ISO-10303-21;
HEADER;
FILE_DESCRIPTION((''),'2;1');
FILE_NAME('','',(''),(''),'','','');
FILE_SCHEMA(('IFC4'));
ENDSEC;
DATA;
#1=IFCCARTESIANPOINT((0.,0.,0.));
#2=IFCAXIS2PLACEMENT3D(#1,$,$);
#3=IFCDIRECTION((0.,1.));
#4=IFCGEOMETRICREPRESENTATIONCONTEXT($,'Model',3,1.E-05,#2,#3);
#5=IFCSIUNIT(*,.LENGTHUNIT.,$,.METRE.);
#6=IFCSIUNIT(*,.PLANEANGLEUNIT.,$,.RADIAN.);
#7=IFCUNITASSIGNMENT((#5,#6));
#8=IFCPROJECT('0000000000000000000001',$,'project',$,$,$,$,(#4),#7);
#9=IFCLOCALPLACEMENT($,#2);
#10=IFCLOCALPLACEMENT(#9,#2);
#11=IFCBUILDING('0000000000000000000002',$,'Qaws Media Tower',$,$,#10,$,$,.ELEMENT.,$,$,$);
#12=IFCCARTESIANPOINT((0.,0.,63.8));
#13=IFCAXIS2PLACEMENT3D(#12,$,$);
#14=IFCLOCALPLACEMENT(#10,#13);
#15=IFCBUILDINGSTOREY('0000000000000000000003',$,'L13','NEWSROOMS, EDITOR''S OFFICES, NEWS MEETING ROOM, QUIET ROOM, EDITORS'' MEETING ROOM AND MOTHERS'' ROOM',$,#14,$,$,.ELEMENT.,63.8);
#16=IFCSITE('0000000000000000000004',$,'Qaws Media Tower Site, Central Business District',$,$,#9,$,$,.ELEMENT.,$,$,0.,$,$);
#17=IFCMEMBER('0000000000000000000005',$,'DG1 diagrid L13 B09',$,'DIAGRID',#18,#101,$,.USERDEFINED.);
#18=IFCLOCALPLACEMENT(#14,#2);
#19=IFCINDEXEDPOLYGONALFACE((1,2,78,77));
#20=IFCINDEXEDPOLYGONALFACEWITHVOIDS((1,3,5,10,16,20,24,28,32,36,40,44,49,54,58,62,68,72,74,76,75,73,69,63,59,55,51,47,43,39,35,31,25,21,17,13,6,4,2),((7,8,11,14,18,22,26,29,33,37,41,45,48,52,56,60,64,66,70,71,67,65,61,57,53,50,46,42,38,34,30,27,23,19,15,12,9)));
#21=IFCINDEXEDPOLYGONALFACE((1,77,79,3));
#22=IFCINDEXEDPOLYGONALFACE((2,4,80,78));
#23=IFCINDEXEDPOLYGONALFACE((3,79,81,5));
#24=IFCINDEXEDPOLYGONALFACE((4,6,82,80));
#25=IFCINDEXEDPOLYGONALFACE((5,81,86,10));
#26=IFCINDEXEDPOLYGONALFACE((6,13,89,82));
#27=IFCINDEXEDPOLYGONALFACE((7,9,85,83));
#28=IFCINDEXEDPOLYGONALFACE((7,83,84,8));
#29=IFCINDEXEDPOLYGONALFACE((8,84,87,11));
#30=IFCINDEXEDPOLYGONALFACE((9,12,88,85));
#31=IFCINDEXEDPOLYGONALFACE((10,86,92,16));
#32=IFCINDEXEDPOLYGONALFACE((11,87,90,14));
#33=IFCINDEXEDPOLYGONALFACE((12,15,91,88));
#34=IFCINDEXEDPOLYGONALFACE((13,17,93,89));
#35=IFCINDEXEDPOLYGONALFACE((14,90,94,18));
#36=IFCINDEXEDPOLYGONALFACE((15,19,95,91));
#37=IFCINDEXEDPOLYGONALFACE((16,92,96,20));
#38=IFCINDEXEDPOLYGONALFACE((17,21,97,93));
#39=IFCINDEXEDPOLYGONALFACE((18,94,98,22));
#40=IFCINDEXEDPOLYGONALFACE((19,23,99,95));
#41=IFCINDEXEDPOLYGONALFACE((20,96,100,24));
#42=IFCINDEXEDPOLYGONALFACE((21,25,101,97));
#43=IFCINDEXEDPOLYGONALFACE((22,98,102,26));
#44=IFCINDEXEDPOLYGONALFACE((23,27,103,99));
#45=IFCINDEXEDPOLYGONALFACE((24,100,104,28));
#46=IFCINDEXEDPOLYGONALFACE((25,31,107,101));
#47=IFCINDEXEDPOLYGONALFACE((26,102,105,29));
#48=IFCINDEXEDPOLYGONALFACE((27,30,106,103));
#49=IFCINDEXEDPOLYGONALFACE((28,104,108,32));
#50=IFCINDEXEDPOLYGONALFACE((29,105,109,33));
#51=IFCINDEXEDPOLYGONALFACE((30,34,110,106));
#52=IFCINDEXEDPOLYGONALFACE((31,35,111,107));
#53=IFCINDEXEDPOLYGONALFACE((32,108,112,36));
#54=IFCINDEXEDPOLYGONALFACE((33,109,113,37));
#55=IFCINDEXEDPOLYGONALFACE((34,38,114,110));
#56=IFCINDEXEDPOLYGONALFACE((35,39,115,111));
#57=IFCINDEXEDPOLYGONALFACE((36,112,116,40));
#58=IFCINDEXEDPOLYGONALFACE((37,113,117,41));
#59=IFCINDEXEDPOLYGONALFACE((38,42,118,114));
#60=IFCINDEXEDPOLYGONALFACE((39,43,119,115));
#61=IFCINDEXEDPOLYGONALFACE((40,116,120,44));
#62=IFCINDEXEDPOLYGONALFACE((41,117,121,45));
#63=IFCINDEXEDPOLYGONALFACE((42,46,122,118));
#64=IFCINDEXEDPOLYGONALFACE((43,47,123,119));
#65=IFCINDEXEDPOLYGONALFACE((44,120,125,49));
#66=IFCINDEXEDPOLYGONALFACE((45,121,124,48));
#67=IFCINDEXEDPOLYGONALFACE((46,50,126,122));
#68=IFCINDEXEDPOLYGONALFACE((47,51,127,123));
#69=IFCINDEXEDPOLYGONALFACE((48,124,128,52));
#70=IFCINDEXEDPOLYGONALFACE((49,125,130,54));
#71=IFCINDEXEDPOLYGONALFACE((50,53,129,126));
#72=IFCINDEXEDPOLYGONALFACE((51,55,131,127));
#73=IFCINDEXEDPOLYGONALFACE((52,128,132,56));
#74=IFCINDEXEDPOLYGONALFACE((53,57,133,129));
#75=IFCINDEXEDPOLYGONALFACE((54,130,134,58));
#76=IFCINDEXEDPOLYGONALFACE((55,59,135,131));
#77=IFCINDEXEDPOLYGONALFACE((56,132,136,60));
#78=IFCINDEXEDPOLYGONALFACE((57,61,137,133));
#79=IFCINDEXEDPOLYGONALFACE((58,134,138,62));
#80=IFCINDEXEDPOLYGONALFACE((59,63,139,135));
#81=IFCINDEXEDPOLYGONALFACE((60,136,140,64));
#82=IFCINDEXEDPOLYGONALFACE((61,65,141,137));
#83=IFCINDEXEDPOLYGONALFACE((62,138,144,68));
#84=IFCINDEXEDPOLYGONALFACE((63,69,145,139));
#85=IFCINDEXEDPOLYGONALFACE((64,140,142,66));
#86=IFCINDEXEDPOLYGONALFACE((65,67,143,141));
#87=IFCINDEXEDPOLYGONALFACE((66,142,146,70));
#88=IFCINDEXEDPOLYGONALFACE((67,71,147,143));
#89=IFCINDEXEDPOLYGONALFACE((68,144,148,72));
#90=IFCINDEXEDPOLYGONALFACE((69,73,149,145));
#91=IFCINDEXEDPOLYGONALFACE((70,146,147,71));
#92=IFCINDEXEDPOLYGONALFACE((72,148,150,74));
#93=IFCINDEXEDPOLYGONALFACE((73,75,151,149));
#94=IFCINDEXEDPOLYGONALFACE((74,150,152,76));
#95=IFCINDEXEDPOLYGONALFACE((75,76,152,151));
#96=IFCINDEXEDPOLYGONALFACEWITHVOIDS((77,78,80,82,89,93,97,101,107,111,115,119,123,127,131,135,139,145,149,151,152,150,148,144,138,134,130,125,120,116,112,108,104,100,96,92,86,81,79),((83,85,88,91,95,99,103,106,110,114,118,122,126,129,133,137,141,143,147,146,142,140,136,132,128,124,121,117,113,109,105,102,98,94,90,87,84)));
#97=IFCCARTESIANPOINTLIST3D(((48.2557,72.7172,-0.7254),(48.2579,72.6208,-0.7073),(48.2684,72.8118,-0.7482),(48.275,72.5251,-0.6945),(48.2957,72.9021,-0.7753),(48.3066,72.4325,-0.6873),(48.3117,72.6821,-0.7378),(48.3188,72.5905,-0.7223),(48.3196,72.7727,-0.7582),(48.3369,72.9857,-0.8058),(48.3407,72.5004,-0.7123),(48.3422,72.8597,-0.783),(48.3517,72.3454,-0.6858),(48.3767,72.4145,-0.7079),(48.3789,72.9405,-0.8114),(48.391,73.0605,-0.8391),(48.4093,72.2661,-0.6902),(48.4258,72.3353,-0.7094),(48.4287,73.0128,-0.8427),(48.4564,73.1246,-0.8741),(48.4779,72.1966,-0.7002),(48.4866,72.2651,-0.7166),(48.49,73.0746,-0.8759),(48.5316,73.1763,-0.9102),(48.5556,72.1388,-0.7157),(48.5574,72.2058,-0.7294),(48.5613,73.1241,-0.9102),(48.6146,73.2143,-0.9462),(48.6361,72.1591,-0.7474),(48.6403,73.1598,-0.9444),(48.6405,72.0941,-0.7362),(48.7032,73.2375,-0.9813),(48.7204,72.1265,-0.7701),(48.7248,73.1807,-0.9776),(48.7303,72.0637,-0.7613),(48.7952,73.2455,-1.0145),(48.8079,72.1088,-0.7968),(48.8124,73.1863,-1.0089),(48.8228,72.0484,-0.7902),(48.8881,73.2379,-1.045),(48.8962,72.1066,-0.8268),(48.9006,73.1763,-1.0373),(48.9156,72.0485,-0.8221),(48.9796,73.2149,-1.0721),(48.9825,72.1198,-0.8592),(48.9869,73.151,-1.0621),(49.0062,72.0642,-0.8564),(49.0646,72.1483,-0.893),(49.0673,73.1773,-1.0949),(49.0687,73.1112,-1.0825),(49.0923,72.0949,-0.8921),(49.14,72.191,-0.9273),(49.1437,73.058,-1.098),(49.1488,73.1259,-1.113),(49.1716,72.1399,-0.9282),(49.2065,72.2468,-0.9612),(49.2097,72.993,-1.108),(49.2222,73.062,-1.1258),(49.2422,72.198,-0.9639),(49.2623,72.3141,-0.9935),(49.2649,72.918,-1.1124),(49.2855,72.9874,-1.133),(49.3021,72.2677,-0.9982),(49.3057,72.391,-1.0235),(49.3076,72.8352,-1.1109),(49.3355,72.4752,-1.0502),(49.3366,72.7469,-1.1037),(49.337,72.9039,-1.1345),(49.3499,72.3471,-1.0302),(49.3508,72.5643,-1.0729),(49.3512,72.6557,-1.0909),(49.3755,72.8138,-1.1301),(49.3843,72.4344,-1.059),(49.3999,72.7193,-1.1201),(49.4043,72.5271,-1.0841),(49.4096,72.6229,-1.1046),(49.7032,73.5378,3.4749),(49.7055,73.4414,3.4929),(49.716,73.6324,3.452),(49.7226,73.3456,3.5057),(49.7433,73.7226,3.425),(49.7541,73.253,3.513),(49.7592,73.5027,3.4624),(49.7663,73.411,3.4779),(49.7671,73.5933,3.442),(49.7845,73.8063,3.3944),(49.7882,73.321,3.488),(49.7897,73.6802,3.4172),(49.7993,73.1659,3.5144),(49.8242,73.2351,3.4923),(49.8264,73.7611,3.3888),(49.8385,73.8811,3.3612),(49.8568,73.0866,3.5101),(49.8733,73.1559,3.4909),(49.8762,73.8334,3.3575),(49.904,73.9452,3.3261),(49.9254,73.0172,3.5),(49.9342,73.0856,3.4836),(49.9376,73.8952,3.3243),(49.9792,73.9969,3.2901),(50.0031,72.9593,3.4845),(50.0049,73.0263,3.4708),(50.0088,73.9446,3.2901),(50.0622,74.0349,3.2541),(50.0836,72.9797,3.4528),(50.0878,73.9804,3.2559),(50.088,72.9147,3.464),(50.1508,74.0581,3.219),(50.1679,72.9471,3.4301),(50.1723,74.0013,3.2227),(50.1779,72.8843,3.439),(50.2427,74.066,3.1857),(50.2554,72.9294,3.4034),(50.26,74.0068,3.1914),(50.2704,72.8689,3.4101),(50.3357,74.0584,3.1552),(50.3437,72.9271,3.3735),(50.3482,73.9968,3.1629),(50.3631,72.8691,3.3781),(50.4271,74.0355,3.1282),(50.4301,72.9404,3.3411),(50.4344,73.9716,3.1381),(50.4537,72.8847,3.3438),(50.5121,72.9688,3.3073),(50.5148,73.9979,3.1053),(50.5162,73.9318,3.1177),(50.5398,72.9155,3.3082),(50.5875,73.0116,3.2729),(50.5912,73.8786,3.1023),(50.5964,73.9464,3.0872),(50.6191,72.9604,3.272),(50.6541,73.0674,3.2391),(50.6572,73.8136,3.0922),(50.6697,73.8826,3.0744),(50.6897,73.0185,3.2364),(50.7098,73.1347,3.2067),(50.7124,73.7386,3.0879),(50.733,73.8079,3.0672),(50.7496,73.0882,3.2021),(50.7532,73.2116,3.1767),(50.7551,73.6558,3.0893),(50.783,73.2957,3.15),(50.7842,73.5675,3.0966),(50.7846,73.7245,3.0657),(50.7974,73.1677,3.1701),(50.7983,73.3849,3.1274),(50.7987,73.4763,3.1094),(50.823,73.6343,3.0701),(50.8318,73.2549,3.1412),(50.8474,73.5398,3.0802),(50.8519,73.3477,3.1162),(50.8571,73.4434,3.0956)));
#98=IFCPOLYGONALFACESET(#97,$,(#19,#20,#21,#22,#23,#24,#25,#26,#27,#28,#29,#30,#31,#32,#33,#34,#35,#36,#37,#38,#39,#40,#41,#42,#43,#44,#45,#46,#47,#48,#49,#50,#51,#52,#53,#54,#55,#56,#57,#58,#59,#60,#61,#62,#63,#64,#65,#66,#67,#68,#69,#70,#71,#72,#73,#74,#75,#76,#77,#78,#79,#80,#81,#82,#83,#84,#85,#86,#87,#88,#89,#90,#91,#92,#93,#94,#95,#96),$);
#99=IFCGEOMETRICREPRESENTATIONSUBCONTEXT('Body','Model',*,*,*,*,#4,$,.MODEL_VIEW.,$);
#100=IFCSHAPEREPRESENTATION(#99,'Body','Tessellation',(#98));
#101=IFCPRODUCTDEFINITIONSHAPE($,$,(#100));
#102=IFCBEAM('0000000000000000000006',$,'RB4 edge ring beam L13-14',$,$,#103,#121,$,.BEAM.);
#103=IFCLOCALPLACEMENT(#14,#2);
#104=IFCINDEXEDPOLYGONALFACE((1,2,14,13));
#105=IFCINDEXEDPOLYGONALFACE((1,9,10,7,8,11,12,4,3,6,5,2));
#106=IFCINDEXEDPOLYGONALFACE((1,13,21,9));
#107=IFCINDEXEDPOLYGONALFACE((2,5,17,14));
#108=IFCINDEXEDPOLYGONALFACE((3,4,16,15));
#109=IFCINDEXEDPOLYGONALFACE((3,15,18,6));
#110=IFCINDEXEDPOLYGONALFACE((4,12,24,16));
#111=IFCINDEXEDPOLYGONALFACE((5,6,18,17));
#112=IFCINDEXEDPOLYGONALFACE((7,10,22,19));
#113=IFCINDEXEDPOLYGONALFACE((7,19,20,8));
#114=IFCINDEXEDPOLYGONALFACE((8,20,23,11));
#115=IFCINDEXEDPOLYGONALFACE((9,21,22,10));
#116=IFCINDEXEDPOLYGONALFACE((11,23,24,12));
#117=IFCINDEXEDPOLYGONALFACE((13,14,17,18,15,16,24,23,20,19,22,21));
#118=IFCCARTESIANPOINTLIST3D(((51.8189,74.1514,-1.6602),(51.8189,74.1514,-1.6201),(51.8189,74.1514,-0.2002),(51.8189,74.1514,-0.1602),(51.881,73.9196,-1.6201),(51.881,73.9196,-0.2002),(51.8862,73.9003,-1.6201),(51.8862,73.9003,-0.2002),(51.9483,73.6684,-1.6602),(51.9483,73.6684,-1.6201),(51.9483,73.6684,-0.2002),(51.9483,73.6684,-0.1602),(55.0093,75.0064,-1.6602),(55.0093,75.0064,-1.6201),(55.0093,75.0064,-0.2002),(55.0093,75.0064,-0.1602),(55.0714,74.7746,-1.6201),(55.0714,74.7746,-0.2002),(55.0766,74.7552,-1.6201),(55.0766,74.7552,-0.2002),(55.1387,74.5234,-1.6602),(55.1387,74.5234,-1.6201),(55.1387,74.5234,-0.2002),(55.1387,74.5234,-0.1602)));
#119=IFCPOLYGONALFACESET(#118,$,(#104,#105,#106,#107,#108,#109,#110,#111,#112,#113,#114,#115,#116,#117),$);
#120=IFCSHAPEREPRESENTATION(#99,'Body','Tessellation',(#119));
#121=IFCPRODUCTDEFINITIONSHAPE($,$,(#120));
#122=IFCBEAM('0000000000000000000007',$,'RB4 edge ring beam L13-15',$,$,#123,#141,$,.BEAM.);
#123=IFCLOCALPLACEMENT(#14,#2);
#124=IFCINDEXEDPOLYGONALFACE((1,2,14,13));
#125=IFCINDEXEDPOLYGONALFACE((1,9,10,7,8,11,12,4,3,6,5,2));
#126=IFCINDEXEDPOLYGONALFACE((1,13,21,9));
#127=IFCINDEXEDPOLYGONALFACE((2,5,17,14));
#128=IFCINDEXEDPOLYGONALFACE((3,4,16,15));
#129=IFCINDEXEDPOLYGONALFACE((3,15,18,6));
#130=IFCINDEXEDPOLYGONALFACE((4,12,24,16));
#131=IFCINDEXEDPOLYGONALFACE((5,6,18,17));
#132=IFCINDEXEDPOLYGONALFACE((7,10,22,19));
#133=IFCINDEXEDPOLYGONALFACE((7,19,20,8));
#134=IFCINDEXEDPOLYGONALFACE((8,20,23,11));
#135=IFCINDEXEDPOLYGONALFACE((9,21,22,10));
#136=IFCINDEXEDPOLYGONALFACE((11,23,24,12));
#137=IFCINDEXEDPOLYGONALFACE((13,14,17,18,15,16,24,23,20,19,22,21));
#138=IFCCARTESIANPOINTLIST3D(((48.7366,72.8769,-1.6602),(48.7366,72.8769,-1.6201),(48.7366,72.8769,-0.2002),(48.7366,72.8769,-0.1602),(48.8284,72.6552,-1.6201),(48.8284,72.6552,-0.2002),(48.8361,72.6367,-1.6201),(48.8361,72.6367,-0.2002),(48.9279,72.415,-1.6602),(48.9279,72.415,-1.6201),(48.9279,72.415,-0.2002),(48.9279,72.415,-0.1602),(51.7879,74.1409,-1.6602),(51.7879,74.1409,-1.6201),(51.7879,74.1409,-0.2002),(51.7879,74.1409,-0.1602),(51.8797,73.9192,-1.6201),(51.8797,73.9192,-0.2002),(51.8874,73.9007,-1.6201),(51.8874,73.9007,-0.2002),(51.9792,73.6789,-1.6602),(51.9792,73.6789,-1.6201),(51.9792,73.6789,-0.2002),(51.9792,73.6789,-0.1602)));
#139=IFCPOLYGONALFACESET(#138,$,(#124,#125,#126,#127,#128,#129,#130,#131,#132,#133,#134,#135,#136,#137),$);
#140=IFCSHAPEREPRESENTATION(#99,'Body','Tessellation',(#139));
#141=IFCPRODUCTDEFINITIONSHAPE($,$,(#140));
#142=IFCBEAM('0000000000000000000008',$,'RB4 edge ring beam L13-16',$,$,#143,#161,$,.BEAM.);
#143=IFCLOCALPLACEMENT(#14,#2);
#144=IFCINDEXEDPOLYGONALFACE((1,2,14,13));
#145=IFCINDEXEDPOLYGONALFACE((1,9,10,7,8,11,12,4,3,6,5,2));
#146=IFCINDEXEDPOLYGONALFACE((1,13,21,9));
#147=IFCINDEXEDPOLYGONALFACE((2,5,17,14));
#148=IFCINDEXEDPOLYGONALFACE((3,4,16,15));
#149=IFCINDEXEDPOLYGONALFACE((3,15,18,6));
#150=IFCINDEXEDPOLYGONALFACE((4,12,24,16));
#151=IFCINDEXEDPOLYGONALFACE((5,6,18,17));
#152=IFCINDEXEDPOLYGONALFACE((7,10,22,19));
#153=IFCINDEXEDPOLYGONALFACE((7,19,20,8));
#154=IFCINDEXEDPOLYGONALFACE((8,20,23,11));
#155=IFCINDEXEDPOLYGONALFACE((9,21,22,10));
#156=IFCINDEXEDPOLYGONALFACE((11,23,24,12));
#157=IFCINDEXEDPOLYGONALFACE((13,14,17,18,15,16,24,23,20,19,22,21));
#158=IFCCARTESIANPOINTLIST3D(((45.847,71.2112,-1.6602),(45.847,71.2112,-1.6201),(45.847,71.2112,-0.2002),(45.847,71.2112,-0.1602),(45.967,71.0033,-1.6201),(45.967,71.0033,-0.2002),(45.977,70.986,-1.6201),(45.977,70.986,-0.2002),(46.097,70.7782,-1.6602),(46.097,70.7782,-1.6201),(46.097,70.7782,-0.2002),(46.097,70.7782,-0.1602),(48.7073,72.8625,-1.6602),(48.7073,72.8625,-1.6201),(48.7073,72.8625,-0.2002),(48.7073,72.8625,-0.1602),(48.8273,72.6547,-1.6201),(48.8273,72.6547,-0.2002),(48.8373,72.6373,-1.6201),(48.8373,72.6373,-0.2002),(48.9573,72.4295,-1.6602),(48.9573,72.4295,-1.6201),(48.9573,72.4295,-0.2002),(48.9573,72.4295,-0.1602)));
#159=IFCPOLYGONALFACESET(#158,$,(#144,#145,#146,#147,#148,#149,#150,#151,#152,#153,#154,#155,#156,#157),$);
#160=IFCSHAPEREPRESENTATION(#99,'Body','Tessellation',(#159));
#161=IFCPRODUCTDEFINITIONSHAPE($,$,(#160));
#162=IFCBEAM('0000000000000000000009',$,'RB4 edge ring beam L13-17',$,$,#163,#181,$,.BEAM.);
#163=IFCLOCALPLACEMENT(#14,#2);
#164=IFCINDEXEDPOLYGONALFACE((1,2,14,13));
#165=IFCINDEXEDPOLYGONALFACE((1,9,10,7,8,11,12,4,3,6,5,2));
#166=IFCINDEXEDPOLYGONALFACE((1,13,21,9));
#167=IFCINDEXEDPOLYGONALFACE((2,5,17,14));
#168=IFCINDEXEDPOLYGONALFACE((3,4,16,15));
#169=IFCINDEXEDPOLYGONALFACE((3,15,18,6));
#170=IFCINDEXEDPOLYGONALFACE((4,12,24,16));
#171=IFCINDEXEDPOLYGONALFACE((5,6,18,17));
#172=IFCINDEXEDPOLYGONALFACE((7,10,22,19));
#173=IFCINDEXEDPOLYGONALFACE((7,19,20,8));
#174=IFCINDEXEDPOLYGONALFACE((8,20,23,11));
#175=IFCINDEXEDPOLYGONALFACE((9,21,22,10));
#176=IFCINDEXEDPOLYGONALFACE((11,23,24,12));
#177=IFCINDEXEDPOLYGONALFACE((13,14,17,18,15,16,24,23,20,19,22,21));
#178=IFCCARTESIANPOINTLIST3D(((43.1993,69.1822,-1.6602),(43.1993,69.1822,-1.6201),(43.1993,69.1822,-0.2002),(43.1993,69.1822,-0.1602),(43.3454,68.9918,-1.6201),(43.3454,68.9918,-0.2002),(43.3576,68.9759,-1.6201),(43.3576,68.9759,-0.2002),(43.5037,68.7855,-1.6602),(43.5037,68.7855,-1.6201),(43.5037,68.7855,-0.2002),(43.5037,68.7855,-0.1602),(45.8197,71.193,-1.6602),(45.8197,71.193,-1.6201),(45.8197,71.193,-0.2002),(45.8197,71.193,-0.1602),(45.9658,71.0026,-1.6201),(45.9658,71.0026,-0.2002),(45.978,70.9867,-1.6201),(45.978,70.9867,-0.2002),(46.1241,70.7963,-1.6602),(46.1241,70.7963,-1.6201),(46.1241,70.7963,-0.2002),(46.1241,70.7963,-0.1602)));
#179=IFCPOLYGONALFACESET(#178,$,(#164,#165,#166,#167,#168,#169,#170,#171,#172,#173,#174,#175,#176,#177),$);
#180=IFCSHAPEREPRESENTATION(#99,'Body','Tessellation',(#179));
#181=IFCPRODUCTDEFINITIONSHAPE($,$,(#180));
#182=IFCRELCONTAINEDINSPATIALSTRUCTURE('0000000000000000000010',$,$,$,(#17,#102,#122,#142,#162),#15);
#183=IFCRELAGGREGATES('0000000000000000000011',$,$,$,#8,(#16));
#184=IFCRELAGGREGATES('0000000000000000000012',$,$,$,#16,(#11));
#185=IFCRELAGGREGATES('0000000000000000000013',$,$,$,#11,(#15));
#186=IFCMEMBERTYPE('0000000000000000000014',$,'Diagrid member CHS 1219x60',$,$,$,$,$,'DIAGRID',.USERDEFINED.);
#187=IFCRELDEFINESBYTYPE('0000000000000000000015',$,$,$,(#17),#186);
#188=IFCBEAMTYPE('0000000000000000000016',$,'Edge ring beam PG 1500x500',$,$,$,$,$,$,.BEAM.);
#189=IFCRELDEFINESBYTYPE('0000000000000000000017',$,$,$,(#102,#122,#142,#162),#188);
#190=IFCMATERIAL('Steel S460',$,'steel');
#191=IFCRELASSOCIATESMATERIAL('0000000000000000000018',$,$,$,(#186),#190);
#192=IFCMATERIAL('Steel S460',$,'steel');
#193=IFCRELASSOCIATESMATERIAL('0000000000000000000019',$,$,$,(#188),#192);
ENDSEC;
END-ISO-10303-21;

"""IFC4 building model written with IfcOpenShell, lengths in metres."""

from ifc_helpers import new_model, si_unit, direction, frame, origin, origin_2d, place, context, subcontext, project, spatial, hollow_circle, i_section, extrude, material, material_profile, profile_set, type_object, element, save


model = new_model("IFC4")

# Units and contexts
model_context = context("Model", 3, precision=1e-05, world=origin(), true_north=direction((0.0, 1.0)))
body_context = subcontext(model_context, "Body", "Model", "MODEL_VIEW")
ifc_project = project(units=[si_unit("LENGTHUNIT", "METRE"), si_unit("PLANEANGLEUNIT", "RADIAN")], contexts=[model_context])

# Site, building, storey
site_placement = place(None, origin())
site = spatial("IfcSite", under=ifc_project, at=site_placement, Name="Qaws Media Tower Site, Central Business District", CompositionType="ELEMENT", RefElevation=0.0)
building_placement = place(site_placement, origin())
building = spatial("IfcBuilding", under=site, at=building_placement, Name="Qaws Media Tower", CompositionType="ELEMENT")
storey_placement = place(building_placement, frame((0.0, 0.0, 63.8)))
storey = spatial("IfcBuildingStorey", under=building, at=storey_placement, Name="L13", Description="NEWSROOMS, EDITOR'S OFFICES, NEWS MEETING ROOM, QUIET ROOM, EDITORS' MEETING ROOM AND MOTHERS' ROOM", CompositionType="ELEMENT", Elevation=63.8)

# Member
ifc_material_1 = material(Name="Steel S460", Category="steel")
ifc_material_profile_1 = material_profile(ifc_material_1, hollow_circle(Radius=0.6096, WallThickness=0.0601, at=origin_2d()), Name="CHS 1219x60")
ifc_profile_set_1 = profile_set([ifc_material_profile_1], Name="Steel S460")
member_type_1 = type_object("IfcMemberType", Name="Diagrid member CHS 1219x60", ElementType="DIAGRID", PredefinedType="USERDEFINED", material=ifc_profile_set_1)
for number, where, z_axis, x_axis, name in (
    (1, (48.8323, 72.646, -0.9102), (0.320404, 0.181629, 0.929706), (-0.49315, 0.869945, 0.0), "DG1 diagrid L13 B09"),
):
    element("IfcMember", number, at=place(storey_placement, frame(where, z_axis=z_axis, x_axis=x_axis)), inside=storey, type_object=member_type_1, Name=name, ObjectType="DIAGRID", PredefinedType="USERDEFINED", context=body_context, shape_type="SweptSolid", body=[
        extrude(hollow_circle(Radius=0.6096, WallThickness=0.0601, at=origin_2d()), origin(), (0.0, 0.0, 1.0), 4.5178),
    ])

# Beams
ifc_material_2 = material(Name="Steel S460", Category="steel")
ifc_material_profile_2 = material_profile(ifc_material_2, i_section(OverallWidth=0.5, OverallDepth=1.5, WebThickness=0.02, FlangeThickness=0.04, at=origin_2d()), Name="PG 1500x500")
ifc_profile_set_2 = profile_set([ifc_material_profile_2], Name="Steel S460")
beam_type_1 = type_object("IfcBeamType", Name="Edge ring beam PG 1500x500", PredefinedType="BEAM", material=ifc_profile_set_2)
beam_1_placement = place(storey_placement, frame((55.074, 74.7649, -0.9102), z_axis=(-0.965918, -0.258849, 0.0), x_axis=(0.258849, -0.965918, 0.0)))
element("IfcBeam", 2, at=beam_1_placement, inside=storey, type_object=beam_type_1, Name="RB4 edge ring beam L13-14", PredefinedType="BEAM", context=body_context, shape_type="SweptSolid", body=[
    extrude(i_section(OverallWidth=0.5, OverallDepth=1.5, WebThickness=0.02, FlangeThickness=0.04, at=origin_2d()), origin(), (0.0, 0.0, 1.0), 3.303),
])
for number, where, z_axis, x_axis, name in (
    (3, (51.8835, 73.9099, -0.9102), (-0.923875, -0.382693, 0.0), (0.382693, -0.923875, 0.0), "RB4 edge ring beam L13-15"),
    (4, (48.8323, 72.646, -0.9102), (-0.866033, -0.499987, 0.0), (0.499987, -0.866033, 0.0), "RB4 edge ring beam L13-16"),
):
    element("IfcBeam", number, at=place(storey_placement, frame(where, z_axis=z_axis, x_axis=x_axis)), inside=storey, type_object=beam_type_1, Name=name, PredefinedType="BEAM", context=body_context, shape_type="SweptSolid", body=[
        extrude(i_section(OverallWidth=0.5, OverallDepth=1.5, WebThickness=0.02, FlangeThickness=0.04, at=origin_2d()), origin(), (0.0, 0.0, 1.0), 3.3027),
    ])
beam_2_placement = place(storey_placement, frame((45.9719, 70.9946, -0.9102), z_axis=(-0.793343, -0.608774, 0.0), x_axis=(0.608774, -0.793343, 0.0)))
element("IfcBeam", 5, at=beam_2_placement, inside=storey, type_object=beam_type_1, Name="RB4 edge ring beam L13-17", PredefinedType="BEAM", context=body_context, shape_type="SweptSolid", body=[
    extrude(i_section(OverallWidth=0.5, OverallDepth=1.5, WebThickness=0.02, FlangeThickness=0.04, at=origin_2d()), origin(), (0.0, 0.0, 1.0), 3.303),
])

save(model, "model.ifc")
